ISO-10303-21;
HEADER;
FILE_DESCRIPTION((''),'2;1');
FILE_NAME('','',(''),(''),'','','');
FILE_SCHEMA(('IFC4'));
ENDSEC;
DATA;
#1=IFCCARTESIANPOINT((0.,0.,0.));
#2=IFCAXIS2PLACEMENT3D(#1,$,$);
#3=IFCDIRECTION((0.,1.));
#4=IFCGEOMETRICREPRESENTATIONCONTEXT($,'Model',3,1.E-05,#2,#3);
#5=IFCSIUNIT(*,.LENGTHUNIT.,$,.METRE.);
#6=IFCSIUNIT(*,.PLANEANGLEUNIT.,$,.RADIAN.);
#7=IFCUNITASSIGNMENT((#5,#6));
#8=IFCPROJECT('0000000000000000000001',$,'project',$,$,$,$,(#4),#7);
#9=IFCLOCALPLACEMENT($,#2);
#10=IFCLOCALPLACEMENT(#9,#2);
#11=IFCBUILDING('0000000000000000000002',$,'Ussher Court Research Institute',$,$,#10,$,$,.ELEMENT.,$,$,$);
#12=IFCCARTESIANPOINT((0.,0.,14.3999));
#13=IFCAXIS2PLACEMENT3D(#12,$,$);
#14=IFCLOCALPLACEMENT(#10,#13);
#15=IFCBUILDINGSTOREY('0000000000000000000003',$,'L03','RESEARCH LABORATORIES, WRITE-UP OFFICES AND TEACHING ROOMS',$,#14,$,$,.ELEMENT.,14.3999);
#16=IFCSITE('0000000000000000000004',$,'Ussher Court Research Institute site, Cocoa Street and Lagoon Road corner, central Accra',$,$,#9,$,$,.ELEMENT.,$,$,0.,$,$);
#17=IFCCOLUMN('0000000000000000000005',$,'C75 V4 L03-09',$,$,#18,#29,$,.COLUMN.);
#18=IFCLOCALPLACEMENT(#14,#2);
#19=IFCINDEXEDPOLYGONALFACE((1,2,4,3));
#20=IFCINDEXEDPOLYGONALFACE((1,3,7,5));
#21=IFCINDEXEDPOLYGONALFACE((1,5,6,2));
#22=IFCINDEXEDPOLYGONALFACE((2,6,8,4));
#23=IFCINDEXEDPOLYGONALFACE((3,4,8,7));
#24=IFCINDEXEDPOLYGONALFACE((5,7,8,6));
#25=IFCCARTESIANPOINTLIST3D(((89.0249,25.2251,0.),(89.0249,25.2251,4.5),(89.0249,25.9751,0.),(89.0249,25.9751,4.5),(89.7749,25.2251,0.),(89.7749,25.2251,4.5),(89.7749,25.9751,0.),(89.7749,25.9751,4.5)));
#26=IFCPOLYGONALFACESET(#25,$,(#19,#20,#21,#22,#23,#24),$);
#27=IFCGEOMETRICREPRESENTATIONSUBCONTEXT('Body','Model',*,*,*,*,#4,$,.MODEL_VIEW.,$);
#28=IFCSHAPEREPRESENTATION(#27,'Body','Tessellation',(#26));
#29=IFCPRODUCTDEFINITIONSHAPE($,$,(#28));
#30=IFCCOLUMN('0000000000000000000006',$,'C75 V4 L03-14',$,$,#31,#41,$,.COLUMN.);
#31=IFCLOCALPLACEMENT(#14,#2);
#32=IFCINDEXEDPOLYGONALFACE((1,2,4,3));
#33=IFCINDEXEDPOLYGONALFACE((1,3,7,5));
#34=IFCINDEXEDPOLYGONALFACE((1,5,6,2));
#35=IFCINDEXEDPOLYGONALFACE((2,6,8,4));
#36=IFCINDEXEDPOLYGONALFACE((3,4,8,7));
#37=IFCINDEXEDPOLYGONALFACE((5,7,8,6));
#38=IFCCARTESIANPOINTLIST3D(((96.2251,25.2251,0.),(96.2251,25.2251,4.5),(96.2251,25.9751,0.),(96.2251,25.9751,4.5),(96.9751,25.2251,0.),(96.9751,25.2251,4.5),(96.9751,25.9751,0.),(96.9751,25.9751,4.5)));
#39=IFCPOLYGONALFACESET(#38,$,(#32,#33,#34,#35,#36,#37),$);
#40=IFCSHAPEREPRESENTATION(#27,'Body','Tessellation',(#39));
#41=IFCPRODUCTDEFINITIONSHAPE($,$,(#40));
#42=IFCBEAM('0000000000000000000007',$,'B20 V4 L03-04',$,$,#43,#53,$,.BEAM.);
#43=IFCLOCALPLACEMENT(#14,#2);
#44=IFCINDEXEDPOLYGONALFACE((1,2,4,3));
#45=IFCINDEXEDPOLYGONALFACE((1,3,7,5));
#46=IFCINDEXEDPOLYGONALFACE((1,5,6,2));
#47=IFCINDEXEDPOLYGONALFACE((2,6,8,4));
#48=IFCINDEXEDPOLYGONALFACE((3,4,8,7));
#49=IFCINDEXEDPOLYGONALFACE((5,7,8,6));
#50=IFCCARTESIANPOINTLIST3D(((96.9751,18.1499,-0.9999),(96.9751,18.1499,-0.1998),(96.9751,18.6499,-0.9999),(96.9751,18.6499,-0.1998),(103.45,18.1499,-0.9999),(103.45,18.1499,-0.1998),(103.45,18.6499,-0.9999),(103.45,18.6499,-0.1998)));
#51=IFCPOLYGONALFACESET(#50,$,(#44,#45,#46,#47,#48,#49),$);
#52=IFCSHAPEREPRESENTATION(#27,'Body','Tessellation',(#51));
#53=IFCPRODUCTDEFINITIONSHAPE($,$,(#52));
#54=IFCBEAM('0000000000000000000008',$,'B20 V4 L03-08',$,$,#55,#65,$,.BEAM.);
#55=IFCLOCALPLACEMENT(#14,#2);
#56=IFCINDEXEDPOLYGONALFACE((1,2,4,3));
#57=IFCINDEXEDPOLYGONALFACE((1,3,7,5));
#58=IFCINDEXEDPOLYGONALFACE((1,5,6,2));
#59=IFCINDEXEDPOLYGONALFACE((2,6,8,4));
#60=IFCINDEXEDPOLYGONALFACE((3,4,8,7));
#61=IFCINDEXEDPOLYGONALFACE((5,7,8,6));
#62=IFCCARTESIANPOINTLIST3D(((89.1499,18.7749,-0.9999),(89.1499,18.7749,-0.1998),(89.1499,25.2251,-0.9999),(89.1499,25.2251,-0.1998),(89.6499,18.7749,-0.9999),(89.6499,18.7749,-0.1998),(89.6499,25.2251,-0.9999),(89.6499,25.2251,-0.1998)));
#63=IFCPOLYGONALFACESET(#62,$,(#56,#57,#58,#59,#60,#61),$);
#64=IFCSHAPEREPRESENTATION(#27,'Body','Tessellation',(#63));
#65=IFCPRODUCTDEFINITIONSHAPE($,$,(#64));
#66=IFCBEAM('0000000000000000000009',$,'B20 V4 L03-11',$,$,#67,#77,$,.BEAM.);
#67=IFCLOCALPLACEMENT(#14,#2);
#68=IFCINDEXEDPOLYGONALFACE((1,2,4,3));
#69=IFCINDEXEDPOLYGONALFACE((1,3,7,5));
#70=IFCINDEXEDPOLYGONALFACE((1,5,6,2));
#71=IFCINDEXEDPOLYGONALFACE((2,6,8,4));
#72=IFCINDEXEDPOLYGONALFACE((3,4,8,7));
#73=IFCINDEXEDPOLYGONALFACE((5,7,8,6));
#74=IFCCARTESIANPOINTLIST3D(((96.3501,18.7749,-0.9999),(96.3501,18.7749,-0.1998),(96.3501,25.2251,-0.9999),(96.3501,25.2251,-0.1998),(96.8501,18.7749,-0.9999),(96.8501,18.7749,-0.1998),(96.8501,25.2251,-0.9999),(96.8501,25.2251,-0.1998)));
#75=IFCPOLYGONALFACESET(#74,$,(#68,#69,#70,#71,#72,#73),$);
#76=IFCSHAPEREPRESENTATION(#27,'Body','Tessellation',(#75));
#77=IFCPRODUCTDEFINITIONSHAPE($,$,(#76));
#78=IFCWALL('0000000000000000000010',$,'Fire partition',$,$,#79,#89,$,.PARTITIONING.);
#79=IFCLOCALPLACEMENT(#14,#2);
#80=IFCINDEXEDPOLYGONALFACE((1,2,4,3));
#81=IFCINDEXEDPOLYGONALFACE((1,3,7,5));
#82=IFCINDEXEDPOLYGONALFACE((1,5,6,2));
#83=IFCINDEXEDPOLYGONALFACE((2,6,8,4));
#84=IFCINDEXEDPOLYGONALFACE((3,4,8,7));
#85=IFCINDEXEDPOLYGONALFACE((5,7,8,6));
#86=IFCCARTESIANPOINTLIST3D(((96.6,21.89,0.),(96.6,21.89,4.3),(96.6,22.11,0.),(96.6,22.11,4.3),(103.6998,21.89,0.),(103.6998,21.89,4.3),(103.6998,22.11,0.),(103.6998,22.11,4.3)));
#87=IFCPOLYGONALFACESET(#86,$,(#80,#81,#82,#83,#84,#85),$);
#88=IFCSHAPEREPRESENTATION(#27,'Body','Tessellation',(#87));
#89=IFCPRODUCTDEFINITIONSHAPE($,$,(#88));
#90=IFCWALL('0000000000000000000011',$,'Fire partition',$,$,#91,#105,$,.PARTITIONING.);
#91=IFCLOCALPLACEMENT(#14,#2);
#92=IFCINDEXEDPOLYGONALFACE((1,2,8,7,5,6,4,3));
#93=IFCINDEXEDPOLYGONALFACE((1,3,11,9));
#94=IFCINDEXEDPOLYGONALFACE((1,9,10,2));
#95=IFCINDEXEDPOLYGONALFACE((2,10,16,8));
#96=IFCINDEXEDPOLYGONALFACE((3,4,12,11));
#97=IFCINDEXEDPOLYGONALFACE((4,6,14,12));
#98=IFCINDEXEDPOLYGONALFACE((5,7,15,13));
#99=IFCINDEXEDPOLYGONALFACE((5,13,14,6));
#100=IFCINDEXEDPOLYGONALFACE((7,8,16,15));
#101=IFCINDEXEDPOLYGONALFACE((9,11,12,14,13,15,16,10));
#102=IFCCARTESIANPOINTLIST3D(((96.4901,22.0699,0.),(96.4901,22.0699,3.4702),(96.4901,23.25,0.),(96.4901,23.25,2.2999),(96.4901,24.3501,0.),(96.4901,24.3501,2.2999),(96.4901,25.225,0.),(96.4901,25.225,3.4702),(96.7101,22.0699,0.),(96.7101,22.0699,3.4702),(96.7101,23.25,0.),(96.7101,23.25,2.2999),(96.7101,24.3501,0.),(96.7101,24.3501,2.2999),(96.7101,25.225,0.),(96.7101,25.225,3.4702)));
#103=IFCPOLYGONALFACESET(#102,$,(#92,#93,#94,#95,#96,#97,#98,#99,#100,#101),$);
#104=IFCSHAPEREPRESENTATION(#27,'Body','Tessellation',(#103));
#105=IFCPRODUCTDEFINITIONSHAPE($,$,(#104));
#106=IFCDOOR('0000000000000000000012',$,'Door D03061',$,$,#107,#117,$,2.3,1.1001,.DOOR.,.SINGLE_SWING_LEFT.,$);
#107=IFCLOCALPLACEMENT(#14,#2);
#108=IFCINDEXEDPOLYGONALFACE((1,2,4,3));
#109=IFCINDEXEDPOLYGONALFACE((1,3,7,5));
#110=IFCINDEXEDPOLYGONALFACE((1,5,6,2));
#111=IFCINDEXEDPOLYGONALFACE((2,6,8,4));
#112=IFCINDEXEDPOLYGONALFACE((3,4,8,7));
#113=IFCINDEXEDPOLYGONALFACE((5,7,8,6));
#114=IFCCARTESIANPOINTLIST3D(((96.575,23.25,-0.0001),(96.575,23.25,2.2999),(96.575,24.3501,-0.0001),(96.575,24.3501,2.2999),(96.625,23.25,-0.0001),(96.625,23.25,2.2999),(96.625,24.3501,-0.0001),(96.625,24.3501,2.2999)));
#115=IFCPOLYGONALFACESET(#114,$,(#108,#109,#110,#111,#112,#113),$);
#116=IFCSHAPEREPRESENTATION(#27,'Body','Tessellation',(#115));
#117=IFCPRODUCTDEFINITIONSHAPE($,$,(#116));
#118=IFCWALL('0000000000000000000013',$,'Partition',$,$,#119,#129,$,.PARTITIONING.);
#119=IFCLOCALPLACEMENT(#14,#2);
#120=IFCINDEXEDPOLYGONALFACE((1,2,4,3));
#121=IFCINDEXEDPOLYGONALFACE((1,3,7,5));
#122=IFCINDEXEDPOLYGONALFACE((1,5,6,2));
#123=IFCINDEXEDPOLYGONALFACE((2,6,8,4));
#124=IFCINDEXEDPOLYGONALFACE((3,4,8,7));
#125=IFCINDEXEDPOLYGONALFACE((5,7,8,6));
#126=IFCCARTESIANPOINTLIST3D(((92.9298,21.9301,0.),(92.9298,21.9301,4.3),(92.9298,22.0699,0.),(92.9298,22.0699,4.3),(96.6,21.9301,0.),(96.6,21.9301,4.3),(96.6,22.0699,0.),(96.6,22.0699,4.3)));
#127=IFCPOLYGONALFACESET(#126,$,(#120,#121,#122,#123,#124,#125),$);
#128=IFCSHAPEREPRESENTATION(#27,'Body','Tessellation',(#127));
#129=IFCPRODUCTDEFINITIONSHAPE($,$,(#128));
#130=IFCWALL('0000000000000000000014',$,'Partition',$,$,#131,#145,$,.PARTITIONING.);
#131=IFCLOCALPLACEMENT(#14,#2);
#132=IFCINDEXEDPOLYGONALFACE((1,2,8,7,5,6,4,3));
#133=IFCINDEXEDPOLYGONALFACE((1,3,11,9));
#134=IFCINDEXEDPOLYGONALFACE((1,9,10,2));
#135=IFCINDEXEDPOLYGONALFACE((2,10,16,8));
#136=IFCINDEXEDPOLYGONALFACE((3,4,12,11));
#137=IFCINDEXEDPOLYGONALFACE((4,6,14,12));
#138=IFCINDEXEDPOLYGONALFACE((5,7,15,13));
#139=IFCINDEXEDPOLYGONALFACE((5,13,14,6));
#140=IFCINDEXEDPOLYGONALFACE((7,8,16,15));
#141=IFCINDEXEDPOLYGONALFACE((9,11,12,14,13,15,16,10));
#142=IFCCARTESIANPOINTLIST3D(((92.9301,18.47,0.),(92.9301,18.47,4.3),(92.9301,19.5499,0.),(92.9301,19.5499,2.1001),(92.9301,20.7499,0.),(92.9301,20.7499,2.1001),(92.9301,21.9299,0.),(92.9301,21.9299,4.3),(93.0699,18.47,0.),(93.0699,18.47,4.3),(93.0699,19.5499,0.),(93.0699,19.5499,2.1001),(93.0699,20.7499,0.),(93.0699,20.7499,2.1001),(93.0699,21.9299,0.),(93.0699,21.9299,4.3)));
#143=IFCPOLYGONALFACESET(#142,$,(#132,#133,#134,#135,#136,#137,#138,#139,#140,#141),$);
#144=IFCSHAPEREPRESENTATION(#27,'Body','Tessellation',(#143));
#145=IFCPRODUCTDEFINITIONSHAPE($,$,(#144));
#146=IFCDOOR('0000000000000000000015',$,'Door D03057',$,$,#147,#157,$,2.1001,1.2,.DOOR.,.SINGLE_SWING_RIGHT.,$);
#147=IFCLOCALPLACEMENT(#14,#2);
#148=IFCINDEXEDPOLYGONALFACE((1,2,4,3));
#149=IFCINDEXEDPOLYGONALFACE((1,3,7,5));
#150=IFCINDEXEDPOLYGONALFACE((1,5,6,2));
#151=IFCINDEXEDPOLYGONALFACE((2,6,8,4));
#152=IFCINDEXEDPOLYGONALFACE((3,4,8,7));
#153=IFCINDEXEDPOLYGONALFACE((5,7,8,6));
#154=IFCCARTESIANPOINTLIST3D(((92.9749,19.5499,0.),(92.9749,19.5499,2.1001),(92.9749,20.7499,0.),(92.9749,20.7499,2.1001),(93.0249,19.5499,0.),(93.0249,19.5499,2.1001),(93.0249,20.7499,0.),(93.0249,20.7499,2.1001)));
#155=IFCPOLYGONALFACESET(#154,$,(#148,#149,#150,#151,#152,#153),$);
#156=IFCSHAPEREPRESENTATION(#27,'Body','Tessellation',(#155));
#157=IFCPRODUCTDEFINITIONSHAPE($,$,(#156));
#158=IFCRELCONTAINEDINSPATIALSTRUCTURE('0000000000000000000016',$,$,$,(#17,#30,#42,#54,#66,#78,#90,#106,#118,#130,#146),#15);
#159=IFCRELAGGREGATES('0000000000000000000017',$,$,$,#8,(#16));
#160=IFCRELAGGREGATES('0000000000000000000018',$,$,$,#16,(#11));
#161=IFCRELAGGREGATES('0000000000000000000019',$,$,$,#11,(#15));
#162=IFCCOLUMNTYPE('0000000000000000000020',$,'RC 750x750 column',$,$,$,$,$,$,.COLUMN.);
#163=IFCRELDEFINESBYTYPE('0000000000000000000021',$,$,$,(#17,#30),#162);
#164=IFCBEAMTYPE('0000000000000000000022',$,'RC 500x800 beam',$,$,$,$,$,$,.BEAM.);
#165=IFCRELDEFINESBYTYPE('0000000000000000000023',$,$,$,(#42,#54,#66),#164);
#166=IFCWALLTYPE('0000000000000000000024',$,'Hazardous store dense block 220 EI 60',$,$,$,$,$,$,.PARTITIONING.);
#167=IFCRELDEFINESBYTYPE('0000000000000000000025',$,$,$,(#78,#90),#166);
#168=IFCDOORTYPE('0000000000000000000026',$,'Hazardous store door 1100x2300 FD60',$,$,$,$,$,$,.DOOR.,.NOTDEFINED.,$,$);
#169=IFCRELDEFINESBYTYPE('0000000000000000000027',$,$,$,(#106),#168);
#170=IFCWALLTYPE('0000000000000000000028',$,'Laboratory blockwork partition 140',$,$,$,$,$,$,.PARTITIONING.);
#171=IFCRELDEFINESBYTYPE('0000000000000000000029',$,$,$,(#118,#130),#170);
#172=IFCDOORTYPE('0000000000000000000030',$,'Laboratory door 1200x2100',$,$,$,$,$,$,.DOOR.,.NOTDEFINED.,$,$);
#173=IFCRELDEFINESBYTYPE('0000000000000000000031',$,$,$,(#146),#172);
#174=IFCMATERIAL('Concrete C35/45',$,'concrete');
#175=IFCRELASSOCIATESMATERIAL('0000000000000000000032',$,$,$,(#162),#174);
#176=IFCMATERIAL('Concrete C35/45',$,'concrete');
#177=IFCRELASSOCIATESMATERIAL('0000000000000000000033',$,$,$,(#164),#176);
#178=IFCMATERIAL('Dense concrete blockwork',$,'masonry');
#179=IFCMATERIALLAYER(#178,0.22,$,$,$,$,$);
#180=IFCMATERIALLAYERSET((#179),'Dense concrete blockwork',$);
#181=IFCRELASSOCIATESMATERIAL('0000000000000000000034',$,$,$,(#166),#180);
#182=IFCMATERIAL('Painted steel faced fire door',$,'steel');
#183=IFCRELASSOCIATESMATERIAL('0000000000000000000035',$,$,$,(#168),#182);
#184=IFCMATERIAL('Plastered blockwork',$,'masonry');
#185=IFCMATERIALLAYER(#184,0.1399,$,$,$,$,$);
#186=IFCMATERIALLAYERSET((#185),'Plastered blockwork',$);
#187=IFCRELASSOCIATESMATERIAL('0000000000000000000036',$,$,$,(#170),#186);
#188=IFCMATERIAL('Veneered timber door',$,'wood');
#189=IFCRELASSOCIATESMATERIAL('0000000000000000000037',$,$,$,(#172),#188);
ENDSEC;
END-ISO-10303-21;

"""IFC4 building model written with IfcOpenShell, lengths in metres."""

from ifc_helpers import new_model, si_unit, direction, frame, frame_2d, origin, origin_2d, place, context, subcontext, project, spatial, rectangle, extrude, material, layer, layer_set, material_profile, profile_set, type_object, element, fill, save


model = new_model("IFC4")

# Units and contexts
model_context = context("Model", 3, precision=1e-05, world=origin(), true_north=direction((0.0, 1.0)))
body_context = subcontext(model_context, "Body", "Model", "MODEL_VIEW")
ifc_project = project(units=[si_unit("LENGTHUNIT", "METRE"), si_unit("PLANEANGLEUNIT", "RADIAN")], contexts=[model_context])

# Site, building, storey
site_placement = place(None, origin())
site = spatial("IfcSite", under=ifc_project, at=site_placement, Name="Ussher Court Research Institute site, Cocoa Street and Lagoon Road corner, central Accra", CompositionType="ELEMENT", RefElevation=0.0)
building_placement = place(site_placement, origin())
building = spatial("IfcBuilding", under=site, at=building_placement, Name="Ussher Court Research Institute", CompositionType="ELEMENT")
storey_placement = place(building_placement, frame((0.0, 0.0, 14.3999)))
storey = spatial("IfcBuildingStorey", under=building, at=storey_placement, Name="L03", Description="RESEARCH LABORATORIES, WRITE-UP OFFICES AND TEACHING ROOMS", CompositionType="ELEMENT", Elevation=14.3999)

# Columns
ifc_material_1 = material(Name="Concrete C35/45", Category="concrete")
ifc_material_profile_1 = material_profile(ifc_material_1, rectangle(XDim=0.75, YDim=0.75, at=origin_2d()), Name="RC 750x750")
ifc_profile_set_1 = profile_set([ifc_material_profile_1], Name="Concrete C35/45")
column_type = type_object("IfcColumnType", Name="RC 750x750 column", PredefinedType="COLUMN", material=ifc_profile_set_1)
for number, where, z_axis, x_axis, name in (
    (1, (89.3999, 25.6001, 0.0), (0.0, 0.0, 1.0), (1.0, 0.0, 0.0), "C75 V4 L03-09"),
    (2, (96.6001, 25.6001, 0.0), (0.0, 0.0, 1.0), (1.0, 0.0, 0.0), "C75 V4 L03-14"),
):
    element("IfcColumn", number, at=place(storey_placement, frame(where, z_axis=z_axis, x_axis=x_axis)), inside=storey, type_object=column_type, Name=name, PredefinedType="COLUMN", context=body_context, shape_type="SweptSolid", body=[
        extrude(rectangle(XDim=0.75, YDim=0.75, at=origin_2d()), origin(), (0.0, 0.0, 1.0), 4.5),
    ])

# Beams
ifc_material_2 = material(Name="Concrete C35/45", Category="concrete")
ifc_material_profile_2 = material_profile(ifc_material_2, rectangle(XDim=0.5, YDim=0.8, at=origin_2d()), Name="RC 500x800")
ifc_profile_set_2 = profile_set([ifc_material_profile_2], Name="Concrete C35/45")
beam_type = type_object("IfcBeamType", Name="RC 500x800 beam", PredefinedType="BEAM", material=ifc_profile_set_2)
beam_placement = place(storey_placement, frame((96.9751, 18.3999, -0.5999), z_axis=(1.0, 0.0, 0.0), x_axis=(0.0, 1.0, 0.0)))
element("IfcBeam", 3, at=beam_placement, inside=storey, type_object=beam_type, Name="B20 V4 L03-04", PredefinedType="BEAM", context=body_context, shape_type="SweptSolid", body=[
    extrude(rectangle(XDim=0.5, YDim=0.8, at=origin_2d()), origin(), (0.0, 0.0, 1.0), 6.4749),
])
for number, where, z_axis, x_axis, name in (
    (4, (89.3999, 18.7749, -0.5999), (0.0, 1.0, 0.0), (-1.0, 0.0, 0.0), "B20 V4 L03-08"),
    (5, (96.6001, 18.7749, -0.5999), (0.0, 1.0, 0.0), (-1.0, 0.0, 0.0), "B20 V4 L03-11"),
):
    element("IfcBeam", number, at=place(storey_placement, frame(where, z_axis=z_axis, x_axis=x_axis)), inside=storey, type_object=beam_type, Name=name, PredefinedType="BEAM", context=body_context, shape_type="SweptSolid", body=[
        extrude(rectangle(XDim=0.5, YDim=0.8, at=origin_2d()), origin(), (0.0, 0.0, 1.0), 6.4502),
    ])

# Wall
ifc_material_3 = material(Name="Dense concrete blockwork", Category="masonry")
ifc_layer_1 = layer(ifc_material_3, 0.22)
ifc_layer_set_1 = layer_set([ifc_layer_1], Name="Dense concrete blockwork")
wall_type_1 = type_object("IfcWallType", Name="Hazardous store dense block 220 EI 60", PredefinedType="PARTITIONING", material=ifc_layer_set_1)
wall_1_placement = place(storey_placement, frame((96.6001, 22.0, 0.0), z_axis=(0.0, 0.0, 1.0), x_axis=(1.0, 0.0, 0.0)))
element("IfcWall", 6, at=wall_1_placement, inside=storey, type_object=wall_type_1, Name="Fire partition", PredefinedType="PARTITIONING", context=body_context, shape_type="SweptSolid", body=[
    extrude(rectangle(XDim=7.0999, YDim=0.22, at=frame_2d((3.5498, 0.0))), origin(), (0.0, 0.0, 1.0), 4.3),
])

# Wall, opening, door
wall_2_placement = place(storey_placement, frame((96.6001, 25.2251, 0.0), z_axis=(0.0, 0.0, 1.0), x_axis=(0.0, -1.0, 0.0)))
wall_2 = element("IfcWall", 7, at=wall_2_placement, inside=storey, type_object=wall_type_1, Name="Fire partition", PredefinedType="PARTITIONING", context=body_context, shape_type="SweptSolid", body=[
    extrude(rectangle(XDim=3.155, YDim=0.22, at=frame_2d((1.5776, 0.0))), origin(), (0.0, 0.0, 1.0), 3.4702),
])
opening_1_placement = place(wall_2_placement, frame((0.875, 0.0, 0.0)))
opening_1 = element("IfcOpeningElement", 8, at=opening_1_placement, cuts=wall_2, PredefinedType="OPENING", context=body_context, shape_type="SweptSolid", body=[
    extrude(rectangle(XDim=1.1001, YDim=2.3, at=frame_2d((0.55, 1.1499))), frame((0.0, 0.1201, 0.0), z_axis=(0.0, -1.0, 0.0), x_axis=(1.0, 0.0, 0.0)), (0.0, 0.0, 1.0), 0.24),
])
ifc_material_4 = material(Name="Painted steel faced fire door", Category="steel")
door_type_1 = type_object("IfcDoorType", Name="Hazardous store door 1100x2300 FD60", OperationType="NOTDEFINED", PredefinedType="DOOR", material=ifc_material_4)
door_1_placement = place(opening_1_placement, origin())
door_1 = element("IfcDoor", 9, at=door_1_placement, inside=storey, type_object=door_type_1, Name="Door D03061", OperationType="SINGLE_SWING_LEFT", OverallHeight=2.3, OverallWidth=1.1001, PredefinedType="DOOR", context=body_context, shape_type="SweptSolid", body=[
    extrude(rectangle(XDim=1.1001, YDim=2.3, at=frame_2d((0.55, 1.1499))), frame((0.0, 0.0249, 0.0), z_axis=(0.0, -1.0, 0.0), x_axis=(1.0, 0.0, 0.0)), (0.0, 0.0, 1.0), 0.05),
])
fill(opening_1, door_1)

# Wall
ifc_material_5 = material(Name="Plastered blockwork", Category="masonry")
ifc_layer_2 = layer(ifc_material_5, 0.1399)
ifc_layer_set_2 = layer_set([ifc_layer_2], Name="Plastered blockwork")
wall_type_2 = type_object("IfcWallType", Name="Laboratory blockwork partition 140", PredefinedType="PARTITIONING", material=ifc_layer_set_2)
wall_3_placement = place(storey_placement, frame((92.9299, 22.0, 0.0), z_axis=(0.0, 0.0, 1.0), x_axis=(1.0, 0.0, 0.0)))
element("IfcWall", 10, at=wall_3_placement, inside=storey, type_object=wall_type_2, Name="Partition", PredefinedType="PARTITIONING", context=body_context, shape_type="SweptSolid", body=[
    extrude(rectangle(XDim=3.6702, YDim=0.1399, at=frame_2d((1.835, 0.0))), origin(), (0.0, 0.0, 1.0), 4.3),
])

# Wall, opening, door
wall_4_placement = place(storey_placement, frame((93.0, 21.9299, 0.0), z_axis=(0.0, 0.0, 1.0), x_axis=(0.0, -1.0, 0.0)))
wall_4 = element("IfcWall", 11, at=wall_4_placement, inside=storey, type_object=wall_type_2, Name="Partition", PredefinedType="PARTITIONING", context=body_context, shape_type="SweptSolid", body=[
    extrude(rectangle(XDim=3.46, YDim=0.1399, at=frame_2d((1.73, 0.0))), origin(), (0.0, 0.0, 1.0), 4.3),
])
opening_2_placement = place(wall_4_placement, frame((1.1799, 0.0, 0.0)))
opening_2 = element("IfcOpeningElement", 12, at=opening_2_placement, cuts=wall_4, PredefinedType="OPENING", context=body_context, shape_type="SweptSolid", body=[
    extrude(rectangle(XDim=1.2, YDim=2.1001, at=frame_2d((0.6001, 1.05))), frame((0.0, 0.0801, 0.0), z_axis=(0.0, -1.0, 0.0), x_axis=(1.0, 0.0, 0.0)), (0.0, 0.0, 1.0), 0.1599),
])
ifc_material_6 = material(Name="Veneered timber door", Category="wood")
door_type_2 = type_object("IfcDoorType", Name="Laboratory door 1200x2100", OperationType="NOTDEFINED", PredefinedType="DOOR", material=ifc_material_6)
door_2_placement = place(opening_2_placement, origin())
door_2 = element("IfcDoor", 13, at=door_2_placement, inside=storey, type_object=door_type_2, Name="Door D03057", OperationType="SINGLE_SWING_RIGHT", OverallHeight=2.1001, OverallWidth=1.2, PredefinedType="DOOR", context=body_context, shape_type="SweptSolid", body=[
    extrude(rectangle(XDim=1.2, YDim=2.1001, at=frame_2d((0.6001, 1.05))), frame((0.0, 0.0249, 0.0), z_axis=(0.0, -1.0, 0.0), x_axis=(1.0, 0.0, 0.0)), (0.0, 0.0, 1.0), 0.05),
])
fill(opening_2, door_2)

save(model, "model.ifc")
